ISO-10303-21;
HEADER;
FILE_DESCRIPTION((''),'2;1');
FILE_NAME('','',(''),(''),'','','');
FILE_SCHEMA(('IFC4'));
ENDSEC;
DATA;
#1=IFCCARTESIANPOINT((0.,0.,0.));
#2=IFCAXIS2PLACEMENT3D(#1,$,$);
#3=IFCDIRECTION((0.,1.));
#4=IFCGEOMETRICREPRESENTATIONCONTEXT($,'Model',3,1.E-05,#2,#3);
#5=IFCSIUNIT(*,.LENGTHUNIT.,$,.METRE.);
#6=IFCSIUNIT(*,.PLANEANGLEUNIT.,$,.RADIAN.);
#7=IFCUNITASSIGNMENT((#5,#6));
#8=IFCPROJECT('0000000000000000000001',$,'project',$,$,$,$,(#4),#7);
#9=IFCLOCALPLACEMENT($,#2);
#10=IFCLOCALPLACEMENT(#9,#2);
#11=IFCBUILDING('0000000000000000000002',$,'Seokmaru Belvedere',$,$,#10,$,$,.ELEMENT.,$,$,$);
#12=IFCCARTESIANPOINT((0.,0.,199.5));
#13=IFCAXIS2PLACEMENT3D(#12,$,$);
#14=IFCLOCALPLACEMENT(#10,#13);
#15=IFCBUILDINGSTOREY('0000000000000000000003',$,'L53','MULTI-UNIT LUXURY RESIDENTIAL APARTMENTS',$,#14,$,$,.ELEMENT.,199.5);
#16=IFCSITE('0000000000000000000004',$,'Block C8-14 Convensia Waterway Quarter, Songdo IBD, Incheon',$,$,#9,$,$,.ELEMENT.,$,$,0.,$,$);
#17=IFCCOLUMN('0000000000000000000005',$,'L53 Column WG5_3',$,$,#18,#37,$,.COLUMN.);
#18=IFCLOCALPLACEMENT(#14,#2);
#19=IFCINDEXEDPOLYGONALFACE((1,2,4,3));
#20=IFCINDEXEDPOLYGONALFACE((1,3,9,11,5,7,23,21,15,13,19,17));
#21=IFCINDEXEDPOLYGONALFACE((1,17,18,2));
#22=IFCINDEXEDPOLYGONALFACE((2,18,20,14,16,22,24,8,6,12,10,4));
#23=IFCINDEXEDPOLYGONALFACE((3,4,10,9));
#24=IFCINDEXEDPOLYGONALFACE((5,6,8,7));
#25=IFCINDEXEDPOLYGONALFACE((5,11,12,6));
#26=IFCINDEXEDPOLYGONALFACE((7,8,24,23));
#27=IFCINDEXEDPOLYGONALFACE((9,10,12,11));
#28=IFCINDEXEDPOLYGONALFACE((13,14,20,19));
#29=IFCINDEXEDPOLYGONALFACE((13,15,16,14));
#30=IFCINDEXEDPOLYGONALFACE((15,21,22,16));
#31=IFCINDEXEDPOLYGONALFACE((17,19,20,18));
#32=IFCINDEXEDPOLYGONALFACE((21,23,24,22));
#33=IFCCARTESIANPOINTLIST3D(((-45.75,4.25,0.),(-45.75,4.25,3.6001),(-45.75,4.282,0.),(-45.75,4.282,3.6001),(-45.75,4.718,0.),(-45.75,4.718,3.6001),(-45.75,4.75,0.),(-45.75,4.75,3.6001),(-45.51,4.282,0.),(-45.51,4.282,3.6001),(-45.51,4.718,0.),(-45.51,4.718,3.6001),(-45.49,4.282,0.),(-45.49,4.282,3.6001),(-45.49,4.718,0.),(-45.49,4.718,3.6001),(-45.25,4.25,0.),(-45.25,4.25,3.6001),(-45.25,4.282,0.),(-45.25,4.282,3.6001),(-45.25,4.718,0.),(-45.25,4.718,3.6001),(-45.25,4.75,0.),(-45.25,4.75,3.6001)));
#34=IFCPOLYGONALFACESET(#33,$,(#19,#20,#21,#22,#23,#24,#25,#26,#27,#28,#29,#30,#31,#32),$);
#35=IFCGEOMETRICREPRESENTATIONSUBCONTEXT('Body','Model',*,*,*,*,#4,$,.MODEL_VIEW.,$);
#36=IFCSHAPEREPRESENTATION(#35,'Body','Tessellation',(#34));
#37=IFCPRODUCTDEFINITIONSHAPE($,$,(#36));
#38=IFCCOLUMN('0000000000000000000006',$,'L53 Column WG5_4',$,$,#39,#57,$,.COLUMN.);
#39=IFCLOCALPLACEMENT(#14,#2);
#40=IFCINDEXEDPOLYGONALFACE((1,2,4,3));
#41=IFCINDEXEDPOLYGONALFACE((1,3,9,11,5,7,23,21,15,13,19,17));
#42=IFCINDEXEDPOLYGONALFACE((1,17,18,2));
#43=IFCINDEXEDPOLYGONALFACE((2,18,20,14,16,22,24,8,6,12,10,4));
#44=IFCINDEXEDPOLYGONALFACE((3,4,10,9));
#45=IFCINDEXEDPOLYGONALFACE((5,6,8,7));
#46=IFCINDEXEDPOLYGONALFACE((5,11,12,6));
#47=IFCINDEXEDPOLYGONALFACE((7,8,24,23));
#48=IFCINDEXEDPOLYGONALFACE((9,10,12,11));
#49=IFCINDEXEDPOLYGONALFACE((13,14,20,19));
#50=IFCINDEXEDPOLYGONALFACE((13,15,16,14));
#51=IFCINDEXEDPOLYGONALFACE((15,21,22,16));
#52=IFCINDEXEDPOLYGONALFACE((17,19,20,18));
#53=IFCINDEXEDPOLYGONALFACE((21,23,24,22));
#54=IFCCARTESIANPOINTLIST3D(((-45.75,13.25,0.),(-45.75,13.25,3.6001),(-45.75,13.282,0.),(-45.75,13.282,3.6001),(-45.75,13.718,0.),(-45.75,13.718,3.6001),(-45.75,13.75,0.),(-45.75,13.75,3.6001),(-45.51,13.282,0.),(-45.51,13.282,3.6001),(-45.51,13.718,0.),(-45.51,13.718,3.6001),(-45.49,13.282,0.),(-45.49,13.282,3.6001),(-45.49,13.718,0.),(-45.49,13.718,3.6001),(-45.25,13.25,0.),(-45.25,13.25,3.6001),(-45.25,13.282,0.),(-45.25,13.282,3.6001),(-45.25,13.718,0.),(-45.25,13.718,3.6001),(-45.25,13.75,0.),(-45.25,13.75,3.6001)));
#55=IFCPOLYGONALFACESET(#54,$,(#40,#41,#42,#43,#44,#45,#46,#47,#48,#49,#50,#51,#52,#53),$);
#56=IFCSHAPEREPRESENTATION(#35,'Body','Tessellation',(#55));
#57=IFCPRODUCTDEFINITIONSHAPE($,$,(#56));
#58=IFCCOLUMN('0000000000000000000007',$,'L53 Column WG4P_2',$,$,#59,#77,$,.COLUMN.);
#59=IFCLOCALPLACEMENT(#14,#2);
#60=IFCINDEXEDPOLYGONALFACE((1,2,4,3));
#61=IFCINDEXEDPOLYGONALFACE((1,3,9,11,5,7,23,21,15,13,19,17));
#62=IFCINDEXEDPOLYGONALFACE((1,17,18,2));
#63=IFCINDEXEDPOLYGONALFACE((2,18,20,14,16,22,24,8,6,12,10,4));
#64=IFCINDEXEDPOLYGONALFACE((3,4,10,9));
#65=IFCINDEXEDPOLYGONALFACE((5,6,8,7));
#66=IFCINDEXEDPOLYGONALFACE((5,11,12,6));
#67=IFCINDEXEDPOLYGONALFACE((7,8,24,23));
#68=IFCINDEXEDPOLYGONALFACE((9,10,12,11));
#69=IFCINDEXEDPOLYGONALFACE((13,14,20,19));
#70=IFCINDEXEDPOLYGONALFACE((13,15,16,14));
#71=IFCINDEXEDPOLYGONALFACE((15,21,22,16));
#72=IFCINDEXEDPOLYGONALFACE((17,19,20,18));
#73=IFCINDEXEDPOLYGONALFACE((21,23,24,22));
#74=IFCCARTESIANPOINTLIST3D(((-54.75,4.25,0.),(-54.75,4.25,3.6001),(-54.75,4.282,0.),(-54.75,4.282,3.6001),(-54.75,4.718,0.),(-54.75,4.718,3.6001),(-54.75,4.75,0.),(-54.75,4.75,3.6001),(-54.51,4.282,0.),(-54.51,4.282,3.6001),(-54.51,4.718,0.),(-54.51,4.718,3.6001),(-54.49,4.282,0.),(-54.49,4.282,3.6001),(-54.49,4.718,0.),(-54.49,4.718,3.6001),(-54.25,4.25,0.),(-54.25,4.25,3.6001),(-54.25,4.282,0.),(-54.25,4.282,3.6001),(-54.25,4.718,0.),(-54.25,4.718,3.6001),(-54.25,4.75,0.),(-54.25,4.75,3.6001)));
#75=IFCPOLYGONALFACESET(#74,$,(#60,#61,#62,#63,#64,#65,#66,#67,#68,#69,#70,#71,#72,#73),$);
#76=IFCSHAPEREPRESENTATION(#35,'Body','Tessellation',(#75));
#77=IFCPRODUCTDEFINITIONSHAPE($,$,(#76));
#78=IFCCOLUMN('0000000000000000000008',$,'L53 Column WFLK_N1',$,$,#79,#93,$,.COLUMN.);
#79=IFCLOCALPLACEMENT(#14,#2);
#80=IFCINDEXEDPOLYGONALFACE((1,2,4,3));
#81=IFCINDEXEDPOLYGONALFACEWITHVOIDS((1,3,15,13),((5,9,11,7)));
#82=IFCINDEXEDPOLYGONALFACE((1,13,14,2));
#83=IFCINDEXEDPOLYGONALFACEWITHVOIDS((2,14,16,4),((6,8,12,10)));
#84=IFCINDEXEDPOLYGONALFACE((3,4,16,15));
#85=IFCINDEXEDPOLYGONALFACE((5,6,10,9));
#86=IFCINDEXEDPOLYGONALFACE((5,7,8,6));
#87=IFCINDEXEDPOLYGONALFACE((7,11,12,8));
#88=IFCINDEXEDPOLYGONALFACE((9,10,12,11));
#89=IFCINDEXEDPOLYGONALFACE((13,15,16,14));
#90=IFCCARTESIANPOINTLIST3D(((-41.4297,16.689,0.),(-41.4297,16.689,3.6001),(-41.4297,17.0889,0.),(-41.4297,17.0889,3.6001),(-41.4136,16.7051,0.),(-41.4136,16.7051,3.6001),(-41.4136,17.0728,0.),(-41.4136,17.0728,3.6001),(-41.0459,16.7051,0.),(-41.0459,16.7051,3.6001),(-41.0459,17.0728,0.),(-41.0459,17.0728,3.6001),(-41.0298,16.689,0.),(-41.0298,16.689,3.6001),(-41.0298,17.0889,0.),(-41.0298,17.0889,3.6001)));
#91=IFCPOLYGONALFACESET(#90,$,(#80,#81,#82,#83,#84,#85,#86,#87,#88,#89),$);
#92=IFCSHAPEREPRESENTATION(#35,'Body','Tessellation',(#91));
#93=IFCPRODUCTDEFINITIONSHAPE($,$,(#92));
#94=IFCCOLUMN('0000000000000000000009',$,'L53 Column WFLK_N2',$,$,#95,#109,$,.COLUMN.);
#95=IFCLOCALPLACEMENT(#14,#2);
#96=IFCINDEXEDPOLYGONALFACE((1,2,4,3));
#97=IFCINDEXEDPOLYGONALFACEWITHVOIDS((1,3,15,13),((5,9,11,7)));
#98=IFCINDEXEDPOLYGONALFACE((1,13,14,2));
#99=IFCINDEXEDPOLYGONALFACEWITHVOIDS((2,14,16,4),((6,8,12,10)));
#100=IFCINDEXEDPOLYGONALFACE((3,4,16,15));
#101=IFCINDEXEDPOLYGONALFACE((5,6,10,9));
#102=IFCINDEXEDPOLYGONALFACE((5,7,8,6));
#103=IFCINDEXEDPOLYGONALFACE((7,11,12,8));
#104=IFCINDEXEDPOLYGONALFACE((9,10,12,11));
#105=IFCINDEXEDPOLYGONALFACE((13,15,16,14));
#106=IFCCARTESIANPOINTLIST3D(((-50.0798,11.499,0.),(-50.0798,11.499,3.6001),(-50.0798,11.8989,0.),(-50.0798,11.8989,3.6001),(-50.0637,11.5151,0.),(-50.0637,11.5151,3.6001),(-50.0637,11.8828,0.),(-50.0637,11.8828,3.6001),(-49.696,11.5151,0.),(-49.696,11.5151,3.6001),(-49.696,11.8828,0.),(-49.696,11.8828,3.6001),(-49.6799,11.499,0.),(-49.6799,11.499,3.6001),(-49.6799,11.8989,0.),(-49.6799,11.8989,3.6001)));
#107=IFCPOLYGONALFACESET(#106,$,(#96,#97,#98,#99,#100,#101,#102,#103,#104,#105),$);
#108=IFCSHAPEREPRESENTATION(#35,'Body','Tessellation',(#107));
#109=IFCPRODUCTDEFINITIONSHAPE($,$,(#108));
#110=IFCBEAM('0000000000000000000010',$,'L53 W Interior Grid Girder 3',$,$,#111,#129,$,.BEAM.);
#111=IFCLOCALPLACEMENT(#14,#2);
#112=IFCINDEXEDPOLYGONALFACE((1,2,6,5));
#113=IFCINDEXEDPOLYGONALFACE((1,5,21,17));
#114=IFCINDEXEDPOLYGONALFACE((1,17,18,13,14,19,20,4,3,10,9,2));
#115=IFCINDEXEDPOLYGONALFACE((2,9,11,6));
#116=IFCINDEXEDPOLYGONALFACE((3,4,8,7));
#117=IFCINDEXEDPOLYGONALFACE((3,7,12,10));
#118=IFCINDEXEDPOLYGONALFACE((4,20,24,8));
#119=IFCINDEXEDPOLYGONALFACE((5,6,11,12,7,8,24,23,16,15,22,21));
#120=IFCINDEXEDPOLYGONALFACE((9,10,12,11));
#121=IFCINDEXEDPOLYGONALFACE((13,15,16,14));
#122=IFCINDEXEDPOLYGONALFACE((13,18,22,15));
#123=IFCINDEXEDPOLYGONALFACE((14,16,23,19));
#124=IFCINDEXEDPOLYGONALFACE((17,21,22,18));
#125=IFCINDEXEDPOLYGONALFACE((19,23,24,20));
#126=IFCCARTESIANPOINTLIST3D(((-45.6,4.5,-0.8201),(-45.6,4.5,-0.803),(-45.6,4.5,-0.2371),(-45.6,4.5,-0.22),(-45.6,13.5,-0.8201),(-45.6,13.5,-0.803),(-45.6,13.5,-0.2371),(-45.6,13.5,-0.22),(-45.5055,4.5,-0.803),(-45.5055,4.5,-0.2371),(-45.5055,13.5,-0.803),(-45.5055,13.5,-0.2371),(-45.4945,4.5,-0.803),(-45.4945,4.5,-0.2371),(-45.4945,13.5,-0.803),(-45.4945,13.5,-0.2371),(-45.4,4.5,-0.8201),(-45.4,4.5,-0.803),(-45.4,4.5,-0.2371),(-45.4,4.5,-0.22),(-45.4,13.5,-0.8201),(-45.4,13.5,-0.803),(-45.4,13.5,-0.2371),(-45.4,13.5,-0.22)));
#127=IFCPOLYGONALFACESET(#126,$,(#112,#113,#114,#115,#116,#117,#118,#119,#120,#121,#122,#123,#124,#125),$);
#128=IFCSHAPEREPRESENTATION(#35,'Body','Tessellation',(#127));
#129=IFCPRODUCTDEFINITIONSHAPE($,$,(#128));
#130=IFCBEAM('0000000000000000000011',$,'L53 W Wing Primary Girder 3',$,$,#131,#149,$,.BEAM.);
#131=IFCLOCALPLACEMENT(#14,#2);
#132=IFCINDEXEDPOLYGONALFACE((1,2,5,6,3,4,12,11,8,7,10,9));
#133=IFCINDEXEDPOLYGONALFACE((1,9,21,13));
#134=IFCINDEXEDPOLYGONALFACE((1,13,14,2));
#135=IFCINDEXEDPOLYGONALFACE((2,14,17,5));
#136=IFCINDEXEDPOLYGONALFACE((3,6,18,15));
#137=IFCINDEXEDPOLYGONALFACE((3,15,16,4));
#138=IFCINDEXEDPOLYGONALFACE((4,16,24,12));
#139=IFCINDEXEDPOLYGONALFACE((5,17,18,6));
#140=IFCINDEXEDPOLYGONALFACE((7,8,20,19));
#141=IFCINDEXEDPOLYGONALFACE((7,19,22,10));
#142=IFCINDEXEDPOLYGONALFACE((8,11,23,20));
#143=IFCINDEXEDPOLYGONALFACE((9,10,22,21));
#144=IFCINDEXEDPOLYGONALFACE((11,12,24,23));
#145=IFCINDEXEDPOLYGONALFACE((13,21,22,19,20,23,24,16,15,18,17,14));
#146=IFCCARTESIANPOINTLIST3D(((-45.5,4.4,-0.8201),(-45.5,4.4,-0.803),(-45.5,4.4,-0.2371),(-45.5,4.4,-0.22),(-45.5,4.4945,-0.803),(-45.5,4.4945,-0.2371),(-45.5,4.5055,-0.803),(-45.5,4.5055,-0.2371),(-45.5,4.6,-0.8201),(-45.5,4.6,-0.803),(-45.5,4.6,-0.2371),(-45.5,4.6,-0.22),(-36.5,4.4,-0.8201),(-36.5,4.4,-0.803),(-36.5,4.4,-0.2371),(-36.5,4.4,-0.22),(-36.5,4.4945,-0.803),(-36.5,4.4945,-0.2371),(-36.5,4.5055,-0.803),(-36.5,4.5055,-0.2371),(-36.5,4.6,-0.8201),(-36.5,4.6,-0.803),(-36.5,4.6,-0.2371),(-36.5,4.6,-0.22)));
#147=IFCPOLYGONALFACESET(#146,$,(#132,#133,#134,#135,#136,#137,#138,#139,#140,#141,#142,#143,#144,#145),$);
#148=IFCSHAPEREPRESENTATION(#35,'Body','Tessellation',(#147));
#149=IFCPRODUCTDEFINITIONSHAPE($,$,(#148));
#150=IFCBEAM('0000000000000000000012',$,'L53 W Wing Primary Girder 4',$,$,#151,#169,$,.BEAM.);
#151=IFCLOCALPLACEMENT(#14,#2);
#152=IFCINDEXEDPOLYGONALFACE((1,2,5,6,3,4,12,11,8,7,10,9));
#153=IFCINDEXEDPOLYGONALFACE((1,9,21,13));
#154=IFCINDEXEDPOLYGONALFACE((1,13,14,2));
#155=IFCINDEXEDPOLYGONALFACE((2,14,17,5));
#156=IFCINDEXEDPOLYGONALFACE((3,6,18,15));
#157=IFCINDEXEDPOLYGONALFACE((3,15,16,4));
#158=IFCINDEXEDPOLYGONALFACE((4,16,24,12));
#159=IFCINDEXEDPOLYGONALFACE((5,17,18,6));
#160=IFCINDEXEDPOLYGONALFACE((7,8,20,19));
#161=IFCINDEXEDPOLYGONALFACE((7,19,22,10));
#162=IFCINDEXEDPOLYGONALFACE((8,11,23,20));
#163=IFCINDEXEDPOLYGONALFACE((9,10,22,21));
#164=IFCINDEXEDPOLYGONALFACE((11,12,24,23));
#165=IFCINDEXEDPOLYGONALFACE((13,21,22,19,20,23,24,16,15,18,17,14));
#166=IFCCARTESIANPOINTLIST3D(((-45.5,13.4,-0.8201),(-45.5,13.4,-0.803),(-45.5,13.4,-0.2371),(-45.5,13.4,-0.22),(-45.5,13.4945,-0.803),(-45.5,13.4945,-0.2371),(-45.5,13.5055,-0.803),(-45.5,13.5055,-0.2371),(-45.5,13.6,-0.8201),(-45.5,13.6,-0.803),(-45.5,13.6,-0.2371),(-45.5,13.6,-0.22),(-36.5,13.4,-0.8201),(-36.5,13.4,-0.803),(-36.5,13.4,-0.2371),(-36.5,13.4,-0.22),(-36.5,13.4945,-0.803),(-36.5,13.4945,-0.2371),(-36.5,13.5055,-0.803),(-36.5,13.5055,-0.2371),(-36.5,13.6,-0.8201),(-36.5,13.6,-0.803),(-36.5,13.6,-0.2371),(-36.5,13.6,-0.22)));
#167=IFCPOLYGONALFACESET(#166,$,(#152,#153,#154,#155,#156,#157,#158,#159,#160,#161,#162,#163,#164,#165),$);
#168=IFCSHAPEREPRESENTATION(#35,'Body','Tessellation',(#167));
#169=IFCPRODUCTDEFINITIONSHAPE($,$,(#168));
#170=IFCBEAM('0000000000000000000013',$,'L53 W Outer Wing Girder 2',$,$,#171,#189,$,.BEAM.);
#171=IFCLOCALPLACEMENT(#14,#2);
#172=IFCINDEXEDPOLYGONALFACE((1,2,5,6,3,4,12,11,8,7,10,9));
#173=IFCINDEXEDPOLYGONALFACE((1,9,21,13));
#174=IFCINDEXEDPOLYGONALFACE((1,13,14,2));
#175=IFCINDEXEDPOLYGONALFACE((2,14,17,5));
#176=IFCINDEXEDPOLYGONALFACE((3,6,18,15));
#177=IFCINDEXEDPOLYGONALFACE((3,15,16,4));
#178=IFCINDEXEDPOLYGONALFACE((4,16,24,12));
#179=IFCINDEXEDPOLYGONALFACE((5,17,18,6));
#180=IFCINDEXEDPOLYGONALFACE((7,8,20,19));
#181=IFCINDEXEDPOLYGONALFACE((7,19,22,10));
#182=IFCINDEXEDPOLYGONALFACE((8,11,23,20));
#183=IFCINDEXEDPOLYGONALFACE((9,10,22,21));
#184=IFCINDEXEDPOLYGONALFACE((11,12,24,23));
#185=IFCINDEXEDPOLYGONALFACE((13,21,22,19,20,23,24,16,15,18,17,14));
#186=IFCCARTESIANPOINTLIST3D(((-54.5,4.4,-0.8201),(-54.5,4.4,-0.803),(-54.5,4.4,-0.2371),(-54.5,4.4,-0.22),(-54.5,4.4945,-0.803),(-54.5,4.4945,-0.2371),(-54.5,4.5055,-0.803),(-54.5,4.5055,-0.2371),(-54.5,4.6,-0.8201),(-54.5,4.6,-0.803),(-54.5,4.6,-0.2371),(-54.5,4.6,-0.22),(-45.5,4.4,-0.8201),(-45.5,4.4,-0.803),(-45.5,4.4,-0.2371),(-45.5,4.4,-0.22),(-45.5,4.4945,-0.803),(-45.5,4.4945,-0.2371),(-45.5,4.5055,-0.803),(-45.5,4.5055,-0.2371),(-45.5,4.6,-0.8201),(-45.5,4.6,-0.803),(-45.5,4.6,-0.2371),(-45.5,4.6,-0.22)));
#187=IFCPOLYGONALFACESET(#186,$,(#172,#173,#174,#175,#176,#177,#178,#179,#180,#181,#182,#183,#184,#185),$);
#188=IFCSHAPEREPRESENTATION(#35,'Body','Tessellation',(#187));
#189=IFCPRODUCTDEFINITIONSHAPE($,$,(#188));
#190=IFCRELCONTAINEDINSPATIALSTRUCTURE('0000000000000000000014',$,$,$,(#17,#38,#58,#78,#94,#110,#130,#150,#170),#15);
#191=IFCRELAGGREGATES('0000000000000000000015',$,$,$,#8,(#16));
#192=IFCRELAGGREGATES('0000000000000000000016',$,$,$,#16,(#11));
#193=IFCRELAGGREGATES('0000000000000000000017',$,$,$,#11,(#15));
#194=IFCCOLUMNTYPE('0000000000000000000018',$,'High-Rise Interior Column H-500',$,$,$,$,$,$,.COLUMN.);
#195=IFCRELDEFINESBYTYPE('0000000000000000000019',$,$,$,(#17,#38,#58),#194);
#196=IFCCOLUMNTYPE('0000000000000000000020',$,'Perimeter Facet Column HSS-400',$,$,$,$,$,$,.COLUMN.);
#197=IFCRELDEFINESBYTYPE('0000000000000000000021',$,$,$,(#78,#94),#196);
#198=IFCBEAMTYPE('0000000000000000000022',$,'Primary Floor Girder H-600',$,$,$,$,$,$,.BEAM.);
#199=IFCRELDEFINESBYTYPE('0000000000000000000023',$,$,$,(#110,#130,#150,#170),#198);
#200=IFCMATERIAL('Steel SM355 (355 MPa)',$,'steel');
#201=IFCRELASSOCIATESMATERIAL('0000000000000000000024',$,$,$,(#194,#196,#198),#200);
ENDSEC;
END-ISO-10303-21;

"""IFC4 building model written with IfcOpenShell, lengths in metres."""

from ifc_helpers import new_model, si_unit, direction, frame, origin, origin_2d, place, context, subcontext, project, spatial, hollow_rectangle, i_section, extrude, source, transform, mapped, material, material_profile, profile_set, type_object, type_shapes, element, save


model = new_model("IFC4")

# Units and contexts
model_context = context("Model", 3, precision=1e-05, world=origin(), true_north=direction((0.0, 1.0)))
body_context = subcontext(model_context, "Body", "Model", "MODEL_VIEW")
ifc_project = project(units=[si_unit("LENGTHUNIT", "METRE"), si_unit("PLANEANGLEUNIT", "RADIAN")], contexts=[model_context])

# Site, building, storey
site_placement = place(None, origin())
site = spatial("IfcSite", under=ifc_project, at=site_placement, Name="Block C8-14 Convensia Waterway Quarter, Songdo IBD, Incheon", CompositionType="ELEMENT", RefElevation=0.0)
building_placement = place(site_placement, origin())
building = spatial("IfcBuilding", under=site, at=building_placement, Name="Seokmaru Belvedere", CompositionType="ELEMENT")
storey_placement = place(building_placement, frame((0.0, 0.0, 199.5)))
storey = spatial("IfcBuildingStorey", under=building, at=storey_placement, Name="L53", Description="MULTI-UNIT LUXURY RESIDENTIAL APARTMENTS", CompositionType="ELEMENT", Elevation=199.5)

# Columns
ifc_material_1 = material(Name="Steel SM355 (355 MPa)", Category="steel")
ifc_material_profile_1 = material_profile(ifc_material_1, i_section(OverallWidth=0.5, OverallDepth=0.5, WebThickness=0.02, FlangeThickness=0.032, at=origin_2d()), Name="H-500x500x20x32")
ifc_profile_set_1 = profile_set([ifc_material_profile_1], Name="Steel SM355 (355 MPa)")
column_type_1 = type_object("IfcColumnType", Name="High-Rise Interior Column H-500", PredefinedType="COLUMN", material=ifc_profile_set_1)
shared_shape_1 = source(origin(), body_context, "Body", "SweptSolid", [
    extrude(i_section(OverallWidth=0.5, OverallDepth=0.5, WebThickness=0.02, FlangeThickness=0.032, at=origin_2d()), origin(), (0.0, 0.0, 1.0), 3.6001),
])
type_shapes(column_type_1, [shared_shape_1])
for number, where, z_axis, x_axis, name in (
    (1, (-45.5, 4.5, 0.0), (0.0, 0.0, 1.0), (1.0, 0.0, 0.0), "L53 Column WG5_3"),
    (2, (-45.5, 13.5, 0.0), (0.0, 0.0, 1.0), (1.0, 0.0, 0.0), "L53 Column WG5_4"),
    (3, (-54.5, 4.5, 0.0), (0.0, 0.0, 1.0), (1.0, 0.0, 0.0), "L53 Column WG4P_2"),
):
    element("IfcColumn", number, at=place(storey_placement, frame(where, z_axis=z_axis, x_axis=x_axis)), inside=storey, type_object=column_type_1, Name=name, PredefinedType="COLUMN", context=body_context, shape_type="MappedRepresentation", body=[
        mapped(shared_shape_1, transform((0.0, 0.0, 0.0), scale=1.0)),
    ])
ifc_material_profile_2 = material_profile(ifc_material_1, hollow_rectangle(XDim=0.3999, YDim=0.3999, WallThickness=0.0161, at=origin_2d()), Name="HSS-400x400x16")
ifc_profile_set_2 = profile_set([ifc_material_profile_2], Name="Steel SM355 (355 MPa)")
column_type_2 = type_object("IfcColumnType", Name="Perimeter Facet Column HSS-400", PredefinedType="COLUMN", material=ifc_profile_set_2)
shared_shape_2 = source(origin(), body_context, "Body", "SweptSolid", [
    extrude(hollow_rectangle(XDim=0.3999, YDim=0.3999, WallThickness=0.0161, at=origin_2d()), origin(), (0.0, 0.0, 1.0), 3.6001),
])
type_shapes(column_type_2, [shared_shape_2])
for number, where, z_axis, x_axis, name in (
    (4, (-41.2297, 16.8889, 0.0), (0.0, 0.0, 1.0), (1.0, 0.0, 0.0), "L53 Column WFLK_N1"),
    (5, (-49.8799, 11.699, 0.0), (0.0, 0.0, 1.0), (1.0, 0.0, 0.0), "L53 Column WFLK_N2"),
):
    element("IfcColumn", number, at=place(storey_placement, frame(where, z_axis=z_axis, x_axis=x_axis)), inside=storey, type_object=column_type_2, Name=name, PredefinedType="COLUMN", context=body_context, shape_type="MappedRepresentation", body=[
        mapped(shared_shape_2, transform((0.0, 0.0, 0.0), scale=1.0)),
    ])

# Beams
ifc_material_profile_3 = material_profile(ifc_material_1, i_section(OverallWidth=0.2, OverallDepth=0.6001, WebThickness=0.011, FlangeThickness=0.0171, at=origin_2d()), Name="H-600x200x11x17")
ifc_profile_set_3 = profile_set([ifc_material_profile_3], Name="Steel SM355 (355 MPa)")
beam_type_1 = type_object("IfcBeamType", Name="Primary Floor Girder H-600", PredefinedType="BEAM", material=ifc_profile_set_3)
shared_shape_3 = source(origin(), body_context, "Body", "SweptSolid", [
    extrude(i_section(OverallWidth=0.2, OverallDepth=0.6001, WebThickness=0.011, FlangeThickness=0.0171, at=origin_2d()), origin(), (0.0, 0.0, 1.0), 9.0),
])
for number, where, z_axis, x_axis, name in (
    (6, (-45.5, 4.5, -0.52), (0.0, 1.0, 0.0), (-1.0, 0.0, 0.0), "L53 W Interior Grid Girder 3"),
    (7, (-45.5, 4.5, -0.52), (1.0, 0.0, 0.0), (0.0, 1.0, 0.0), "L53 W Wing Primary Girder 3"),
    (8, (-45.5, 13.5, -0.52), (1.0, 0.0, 0.0), (0.0, 1.0, 0.0), "L53 W Wing Primary Girder 4"),
    (9, (-54.5, 4.5, -0.52), (1.0, 0.0, 0.0), (0.0, 1.0, 0.0), "L53 W Outer Wing Girder 2"),
):
    element("IfcBeam", number, at=place(storey_placement, frame(where, z_axis=z_axis, x_axis=x_axis)), inside=storey, type_object=beam_type_1, Name=name, PredefinedType="BEAM", context=body_context, shape_type="MappedRepresentation", body=[
        mapped(shared_shape_3, transform((0.0, 0.0, 0.0), scale=1.0)),
    ])

save(model, "model.ifc")
